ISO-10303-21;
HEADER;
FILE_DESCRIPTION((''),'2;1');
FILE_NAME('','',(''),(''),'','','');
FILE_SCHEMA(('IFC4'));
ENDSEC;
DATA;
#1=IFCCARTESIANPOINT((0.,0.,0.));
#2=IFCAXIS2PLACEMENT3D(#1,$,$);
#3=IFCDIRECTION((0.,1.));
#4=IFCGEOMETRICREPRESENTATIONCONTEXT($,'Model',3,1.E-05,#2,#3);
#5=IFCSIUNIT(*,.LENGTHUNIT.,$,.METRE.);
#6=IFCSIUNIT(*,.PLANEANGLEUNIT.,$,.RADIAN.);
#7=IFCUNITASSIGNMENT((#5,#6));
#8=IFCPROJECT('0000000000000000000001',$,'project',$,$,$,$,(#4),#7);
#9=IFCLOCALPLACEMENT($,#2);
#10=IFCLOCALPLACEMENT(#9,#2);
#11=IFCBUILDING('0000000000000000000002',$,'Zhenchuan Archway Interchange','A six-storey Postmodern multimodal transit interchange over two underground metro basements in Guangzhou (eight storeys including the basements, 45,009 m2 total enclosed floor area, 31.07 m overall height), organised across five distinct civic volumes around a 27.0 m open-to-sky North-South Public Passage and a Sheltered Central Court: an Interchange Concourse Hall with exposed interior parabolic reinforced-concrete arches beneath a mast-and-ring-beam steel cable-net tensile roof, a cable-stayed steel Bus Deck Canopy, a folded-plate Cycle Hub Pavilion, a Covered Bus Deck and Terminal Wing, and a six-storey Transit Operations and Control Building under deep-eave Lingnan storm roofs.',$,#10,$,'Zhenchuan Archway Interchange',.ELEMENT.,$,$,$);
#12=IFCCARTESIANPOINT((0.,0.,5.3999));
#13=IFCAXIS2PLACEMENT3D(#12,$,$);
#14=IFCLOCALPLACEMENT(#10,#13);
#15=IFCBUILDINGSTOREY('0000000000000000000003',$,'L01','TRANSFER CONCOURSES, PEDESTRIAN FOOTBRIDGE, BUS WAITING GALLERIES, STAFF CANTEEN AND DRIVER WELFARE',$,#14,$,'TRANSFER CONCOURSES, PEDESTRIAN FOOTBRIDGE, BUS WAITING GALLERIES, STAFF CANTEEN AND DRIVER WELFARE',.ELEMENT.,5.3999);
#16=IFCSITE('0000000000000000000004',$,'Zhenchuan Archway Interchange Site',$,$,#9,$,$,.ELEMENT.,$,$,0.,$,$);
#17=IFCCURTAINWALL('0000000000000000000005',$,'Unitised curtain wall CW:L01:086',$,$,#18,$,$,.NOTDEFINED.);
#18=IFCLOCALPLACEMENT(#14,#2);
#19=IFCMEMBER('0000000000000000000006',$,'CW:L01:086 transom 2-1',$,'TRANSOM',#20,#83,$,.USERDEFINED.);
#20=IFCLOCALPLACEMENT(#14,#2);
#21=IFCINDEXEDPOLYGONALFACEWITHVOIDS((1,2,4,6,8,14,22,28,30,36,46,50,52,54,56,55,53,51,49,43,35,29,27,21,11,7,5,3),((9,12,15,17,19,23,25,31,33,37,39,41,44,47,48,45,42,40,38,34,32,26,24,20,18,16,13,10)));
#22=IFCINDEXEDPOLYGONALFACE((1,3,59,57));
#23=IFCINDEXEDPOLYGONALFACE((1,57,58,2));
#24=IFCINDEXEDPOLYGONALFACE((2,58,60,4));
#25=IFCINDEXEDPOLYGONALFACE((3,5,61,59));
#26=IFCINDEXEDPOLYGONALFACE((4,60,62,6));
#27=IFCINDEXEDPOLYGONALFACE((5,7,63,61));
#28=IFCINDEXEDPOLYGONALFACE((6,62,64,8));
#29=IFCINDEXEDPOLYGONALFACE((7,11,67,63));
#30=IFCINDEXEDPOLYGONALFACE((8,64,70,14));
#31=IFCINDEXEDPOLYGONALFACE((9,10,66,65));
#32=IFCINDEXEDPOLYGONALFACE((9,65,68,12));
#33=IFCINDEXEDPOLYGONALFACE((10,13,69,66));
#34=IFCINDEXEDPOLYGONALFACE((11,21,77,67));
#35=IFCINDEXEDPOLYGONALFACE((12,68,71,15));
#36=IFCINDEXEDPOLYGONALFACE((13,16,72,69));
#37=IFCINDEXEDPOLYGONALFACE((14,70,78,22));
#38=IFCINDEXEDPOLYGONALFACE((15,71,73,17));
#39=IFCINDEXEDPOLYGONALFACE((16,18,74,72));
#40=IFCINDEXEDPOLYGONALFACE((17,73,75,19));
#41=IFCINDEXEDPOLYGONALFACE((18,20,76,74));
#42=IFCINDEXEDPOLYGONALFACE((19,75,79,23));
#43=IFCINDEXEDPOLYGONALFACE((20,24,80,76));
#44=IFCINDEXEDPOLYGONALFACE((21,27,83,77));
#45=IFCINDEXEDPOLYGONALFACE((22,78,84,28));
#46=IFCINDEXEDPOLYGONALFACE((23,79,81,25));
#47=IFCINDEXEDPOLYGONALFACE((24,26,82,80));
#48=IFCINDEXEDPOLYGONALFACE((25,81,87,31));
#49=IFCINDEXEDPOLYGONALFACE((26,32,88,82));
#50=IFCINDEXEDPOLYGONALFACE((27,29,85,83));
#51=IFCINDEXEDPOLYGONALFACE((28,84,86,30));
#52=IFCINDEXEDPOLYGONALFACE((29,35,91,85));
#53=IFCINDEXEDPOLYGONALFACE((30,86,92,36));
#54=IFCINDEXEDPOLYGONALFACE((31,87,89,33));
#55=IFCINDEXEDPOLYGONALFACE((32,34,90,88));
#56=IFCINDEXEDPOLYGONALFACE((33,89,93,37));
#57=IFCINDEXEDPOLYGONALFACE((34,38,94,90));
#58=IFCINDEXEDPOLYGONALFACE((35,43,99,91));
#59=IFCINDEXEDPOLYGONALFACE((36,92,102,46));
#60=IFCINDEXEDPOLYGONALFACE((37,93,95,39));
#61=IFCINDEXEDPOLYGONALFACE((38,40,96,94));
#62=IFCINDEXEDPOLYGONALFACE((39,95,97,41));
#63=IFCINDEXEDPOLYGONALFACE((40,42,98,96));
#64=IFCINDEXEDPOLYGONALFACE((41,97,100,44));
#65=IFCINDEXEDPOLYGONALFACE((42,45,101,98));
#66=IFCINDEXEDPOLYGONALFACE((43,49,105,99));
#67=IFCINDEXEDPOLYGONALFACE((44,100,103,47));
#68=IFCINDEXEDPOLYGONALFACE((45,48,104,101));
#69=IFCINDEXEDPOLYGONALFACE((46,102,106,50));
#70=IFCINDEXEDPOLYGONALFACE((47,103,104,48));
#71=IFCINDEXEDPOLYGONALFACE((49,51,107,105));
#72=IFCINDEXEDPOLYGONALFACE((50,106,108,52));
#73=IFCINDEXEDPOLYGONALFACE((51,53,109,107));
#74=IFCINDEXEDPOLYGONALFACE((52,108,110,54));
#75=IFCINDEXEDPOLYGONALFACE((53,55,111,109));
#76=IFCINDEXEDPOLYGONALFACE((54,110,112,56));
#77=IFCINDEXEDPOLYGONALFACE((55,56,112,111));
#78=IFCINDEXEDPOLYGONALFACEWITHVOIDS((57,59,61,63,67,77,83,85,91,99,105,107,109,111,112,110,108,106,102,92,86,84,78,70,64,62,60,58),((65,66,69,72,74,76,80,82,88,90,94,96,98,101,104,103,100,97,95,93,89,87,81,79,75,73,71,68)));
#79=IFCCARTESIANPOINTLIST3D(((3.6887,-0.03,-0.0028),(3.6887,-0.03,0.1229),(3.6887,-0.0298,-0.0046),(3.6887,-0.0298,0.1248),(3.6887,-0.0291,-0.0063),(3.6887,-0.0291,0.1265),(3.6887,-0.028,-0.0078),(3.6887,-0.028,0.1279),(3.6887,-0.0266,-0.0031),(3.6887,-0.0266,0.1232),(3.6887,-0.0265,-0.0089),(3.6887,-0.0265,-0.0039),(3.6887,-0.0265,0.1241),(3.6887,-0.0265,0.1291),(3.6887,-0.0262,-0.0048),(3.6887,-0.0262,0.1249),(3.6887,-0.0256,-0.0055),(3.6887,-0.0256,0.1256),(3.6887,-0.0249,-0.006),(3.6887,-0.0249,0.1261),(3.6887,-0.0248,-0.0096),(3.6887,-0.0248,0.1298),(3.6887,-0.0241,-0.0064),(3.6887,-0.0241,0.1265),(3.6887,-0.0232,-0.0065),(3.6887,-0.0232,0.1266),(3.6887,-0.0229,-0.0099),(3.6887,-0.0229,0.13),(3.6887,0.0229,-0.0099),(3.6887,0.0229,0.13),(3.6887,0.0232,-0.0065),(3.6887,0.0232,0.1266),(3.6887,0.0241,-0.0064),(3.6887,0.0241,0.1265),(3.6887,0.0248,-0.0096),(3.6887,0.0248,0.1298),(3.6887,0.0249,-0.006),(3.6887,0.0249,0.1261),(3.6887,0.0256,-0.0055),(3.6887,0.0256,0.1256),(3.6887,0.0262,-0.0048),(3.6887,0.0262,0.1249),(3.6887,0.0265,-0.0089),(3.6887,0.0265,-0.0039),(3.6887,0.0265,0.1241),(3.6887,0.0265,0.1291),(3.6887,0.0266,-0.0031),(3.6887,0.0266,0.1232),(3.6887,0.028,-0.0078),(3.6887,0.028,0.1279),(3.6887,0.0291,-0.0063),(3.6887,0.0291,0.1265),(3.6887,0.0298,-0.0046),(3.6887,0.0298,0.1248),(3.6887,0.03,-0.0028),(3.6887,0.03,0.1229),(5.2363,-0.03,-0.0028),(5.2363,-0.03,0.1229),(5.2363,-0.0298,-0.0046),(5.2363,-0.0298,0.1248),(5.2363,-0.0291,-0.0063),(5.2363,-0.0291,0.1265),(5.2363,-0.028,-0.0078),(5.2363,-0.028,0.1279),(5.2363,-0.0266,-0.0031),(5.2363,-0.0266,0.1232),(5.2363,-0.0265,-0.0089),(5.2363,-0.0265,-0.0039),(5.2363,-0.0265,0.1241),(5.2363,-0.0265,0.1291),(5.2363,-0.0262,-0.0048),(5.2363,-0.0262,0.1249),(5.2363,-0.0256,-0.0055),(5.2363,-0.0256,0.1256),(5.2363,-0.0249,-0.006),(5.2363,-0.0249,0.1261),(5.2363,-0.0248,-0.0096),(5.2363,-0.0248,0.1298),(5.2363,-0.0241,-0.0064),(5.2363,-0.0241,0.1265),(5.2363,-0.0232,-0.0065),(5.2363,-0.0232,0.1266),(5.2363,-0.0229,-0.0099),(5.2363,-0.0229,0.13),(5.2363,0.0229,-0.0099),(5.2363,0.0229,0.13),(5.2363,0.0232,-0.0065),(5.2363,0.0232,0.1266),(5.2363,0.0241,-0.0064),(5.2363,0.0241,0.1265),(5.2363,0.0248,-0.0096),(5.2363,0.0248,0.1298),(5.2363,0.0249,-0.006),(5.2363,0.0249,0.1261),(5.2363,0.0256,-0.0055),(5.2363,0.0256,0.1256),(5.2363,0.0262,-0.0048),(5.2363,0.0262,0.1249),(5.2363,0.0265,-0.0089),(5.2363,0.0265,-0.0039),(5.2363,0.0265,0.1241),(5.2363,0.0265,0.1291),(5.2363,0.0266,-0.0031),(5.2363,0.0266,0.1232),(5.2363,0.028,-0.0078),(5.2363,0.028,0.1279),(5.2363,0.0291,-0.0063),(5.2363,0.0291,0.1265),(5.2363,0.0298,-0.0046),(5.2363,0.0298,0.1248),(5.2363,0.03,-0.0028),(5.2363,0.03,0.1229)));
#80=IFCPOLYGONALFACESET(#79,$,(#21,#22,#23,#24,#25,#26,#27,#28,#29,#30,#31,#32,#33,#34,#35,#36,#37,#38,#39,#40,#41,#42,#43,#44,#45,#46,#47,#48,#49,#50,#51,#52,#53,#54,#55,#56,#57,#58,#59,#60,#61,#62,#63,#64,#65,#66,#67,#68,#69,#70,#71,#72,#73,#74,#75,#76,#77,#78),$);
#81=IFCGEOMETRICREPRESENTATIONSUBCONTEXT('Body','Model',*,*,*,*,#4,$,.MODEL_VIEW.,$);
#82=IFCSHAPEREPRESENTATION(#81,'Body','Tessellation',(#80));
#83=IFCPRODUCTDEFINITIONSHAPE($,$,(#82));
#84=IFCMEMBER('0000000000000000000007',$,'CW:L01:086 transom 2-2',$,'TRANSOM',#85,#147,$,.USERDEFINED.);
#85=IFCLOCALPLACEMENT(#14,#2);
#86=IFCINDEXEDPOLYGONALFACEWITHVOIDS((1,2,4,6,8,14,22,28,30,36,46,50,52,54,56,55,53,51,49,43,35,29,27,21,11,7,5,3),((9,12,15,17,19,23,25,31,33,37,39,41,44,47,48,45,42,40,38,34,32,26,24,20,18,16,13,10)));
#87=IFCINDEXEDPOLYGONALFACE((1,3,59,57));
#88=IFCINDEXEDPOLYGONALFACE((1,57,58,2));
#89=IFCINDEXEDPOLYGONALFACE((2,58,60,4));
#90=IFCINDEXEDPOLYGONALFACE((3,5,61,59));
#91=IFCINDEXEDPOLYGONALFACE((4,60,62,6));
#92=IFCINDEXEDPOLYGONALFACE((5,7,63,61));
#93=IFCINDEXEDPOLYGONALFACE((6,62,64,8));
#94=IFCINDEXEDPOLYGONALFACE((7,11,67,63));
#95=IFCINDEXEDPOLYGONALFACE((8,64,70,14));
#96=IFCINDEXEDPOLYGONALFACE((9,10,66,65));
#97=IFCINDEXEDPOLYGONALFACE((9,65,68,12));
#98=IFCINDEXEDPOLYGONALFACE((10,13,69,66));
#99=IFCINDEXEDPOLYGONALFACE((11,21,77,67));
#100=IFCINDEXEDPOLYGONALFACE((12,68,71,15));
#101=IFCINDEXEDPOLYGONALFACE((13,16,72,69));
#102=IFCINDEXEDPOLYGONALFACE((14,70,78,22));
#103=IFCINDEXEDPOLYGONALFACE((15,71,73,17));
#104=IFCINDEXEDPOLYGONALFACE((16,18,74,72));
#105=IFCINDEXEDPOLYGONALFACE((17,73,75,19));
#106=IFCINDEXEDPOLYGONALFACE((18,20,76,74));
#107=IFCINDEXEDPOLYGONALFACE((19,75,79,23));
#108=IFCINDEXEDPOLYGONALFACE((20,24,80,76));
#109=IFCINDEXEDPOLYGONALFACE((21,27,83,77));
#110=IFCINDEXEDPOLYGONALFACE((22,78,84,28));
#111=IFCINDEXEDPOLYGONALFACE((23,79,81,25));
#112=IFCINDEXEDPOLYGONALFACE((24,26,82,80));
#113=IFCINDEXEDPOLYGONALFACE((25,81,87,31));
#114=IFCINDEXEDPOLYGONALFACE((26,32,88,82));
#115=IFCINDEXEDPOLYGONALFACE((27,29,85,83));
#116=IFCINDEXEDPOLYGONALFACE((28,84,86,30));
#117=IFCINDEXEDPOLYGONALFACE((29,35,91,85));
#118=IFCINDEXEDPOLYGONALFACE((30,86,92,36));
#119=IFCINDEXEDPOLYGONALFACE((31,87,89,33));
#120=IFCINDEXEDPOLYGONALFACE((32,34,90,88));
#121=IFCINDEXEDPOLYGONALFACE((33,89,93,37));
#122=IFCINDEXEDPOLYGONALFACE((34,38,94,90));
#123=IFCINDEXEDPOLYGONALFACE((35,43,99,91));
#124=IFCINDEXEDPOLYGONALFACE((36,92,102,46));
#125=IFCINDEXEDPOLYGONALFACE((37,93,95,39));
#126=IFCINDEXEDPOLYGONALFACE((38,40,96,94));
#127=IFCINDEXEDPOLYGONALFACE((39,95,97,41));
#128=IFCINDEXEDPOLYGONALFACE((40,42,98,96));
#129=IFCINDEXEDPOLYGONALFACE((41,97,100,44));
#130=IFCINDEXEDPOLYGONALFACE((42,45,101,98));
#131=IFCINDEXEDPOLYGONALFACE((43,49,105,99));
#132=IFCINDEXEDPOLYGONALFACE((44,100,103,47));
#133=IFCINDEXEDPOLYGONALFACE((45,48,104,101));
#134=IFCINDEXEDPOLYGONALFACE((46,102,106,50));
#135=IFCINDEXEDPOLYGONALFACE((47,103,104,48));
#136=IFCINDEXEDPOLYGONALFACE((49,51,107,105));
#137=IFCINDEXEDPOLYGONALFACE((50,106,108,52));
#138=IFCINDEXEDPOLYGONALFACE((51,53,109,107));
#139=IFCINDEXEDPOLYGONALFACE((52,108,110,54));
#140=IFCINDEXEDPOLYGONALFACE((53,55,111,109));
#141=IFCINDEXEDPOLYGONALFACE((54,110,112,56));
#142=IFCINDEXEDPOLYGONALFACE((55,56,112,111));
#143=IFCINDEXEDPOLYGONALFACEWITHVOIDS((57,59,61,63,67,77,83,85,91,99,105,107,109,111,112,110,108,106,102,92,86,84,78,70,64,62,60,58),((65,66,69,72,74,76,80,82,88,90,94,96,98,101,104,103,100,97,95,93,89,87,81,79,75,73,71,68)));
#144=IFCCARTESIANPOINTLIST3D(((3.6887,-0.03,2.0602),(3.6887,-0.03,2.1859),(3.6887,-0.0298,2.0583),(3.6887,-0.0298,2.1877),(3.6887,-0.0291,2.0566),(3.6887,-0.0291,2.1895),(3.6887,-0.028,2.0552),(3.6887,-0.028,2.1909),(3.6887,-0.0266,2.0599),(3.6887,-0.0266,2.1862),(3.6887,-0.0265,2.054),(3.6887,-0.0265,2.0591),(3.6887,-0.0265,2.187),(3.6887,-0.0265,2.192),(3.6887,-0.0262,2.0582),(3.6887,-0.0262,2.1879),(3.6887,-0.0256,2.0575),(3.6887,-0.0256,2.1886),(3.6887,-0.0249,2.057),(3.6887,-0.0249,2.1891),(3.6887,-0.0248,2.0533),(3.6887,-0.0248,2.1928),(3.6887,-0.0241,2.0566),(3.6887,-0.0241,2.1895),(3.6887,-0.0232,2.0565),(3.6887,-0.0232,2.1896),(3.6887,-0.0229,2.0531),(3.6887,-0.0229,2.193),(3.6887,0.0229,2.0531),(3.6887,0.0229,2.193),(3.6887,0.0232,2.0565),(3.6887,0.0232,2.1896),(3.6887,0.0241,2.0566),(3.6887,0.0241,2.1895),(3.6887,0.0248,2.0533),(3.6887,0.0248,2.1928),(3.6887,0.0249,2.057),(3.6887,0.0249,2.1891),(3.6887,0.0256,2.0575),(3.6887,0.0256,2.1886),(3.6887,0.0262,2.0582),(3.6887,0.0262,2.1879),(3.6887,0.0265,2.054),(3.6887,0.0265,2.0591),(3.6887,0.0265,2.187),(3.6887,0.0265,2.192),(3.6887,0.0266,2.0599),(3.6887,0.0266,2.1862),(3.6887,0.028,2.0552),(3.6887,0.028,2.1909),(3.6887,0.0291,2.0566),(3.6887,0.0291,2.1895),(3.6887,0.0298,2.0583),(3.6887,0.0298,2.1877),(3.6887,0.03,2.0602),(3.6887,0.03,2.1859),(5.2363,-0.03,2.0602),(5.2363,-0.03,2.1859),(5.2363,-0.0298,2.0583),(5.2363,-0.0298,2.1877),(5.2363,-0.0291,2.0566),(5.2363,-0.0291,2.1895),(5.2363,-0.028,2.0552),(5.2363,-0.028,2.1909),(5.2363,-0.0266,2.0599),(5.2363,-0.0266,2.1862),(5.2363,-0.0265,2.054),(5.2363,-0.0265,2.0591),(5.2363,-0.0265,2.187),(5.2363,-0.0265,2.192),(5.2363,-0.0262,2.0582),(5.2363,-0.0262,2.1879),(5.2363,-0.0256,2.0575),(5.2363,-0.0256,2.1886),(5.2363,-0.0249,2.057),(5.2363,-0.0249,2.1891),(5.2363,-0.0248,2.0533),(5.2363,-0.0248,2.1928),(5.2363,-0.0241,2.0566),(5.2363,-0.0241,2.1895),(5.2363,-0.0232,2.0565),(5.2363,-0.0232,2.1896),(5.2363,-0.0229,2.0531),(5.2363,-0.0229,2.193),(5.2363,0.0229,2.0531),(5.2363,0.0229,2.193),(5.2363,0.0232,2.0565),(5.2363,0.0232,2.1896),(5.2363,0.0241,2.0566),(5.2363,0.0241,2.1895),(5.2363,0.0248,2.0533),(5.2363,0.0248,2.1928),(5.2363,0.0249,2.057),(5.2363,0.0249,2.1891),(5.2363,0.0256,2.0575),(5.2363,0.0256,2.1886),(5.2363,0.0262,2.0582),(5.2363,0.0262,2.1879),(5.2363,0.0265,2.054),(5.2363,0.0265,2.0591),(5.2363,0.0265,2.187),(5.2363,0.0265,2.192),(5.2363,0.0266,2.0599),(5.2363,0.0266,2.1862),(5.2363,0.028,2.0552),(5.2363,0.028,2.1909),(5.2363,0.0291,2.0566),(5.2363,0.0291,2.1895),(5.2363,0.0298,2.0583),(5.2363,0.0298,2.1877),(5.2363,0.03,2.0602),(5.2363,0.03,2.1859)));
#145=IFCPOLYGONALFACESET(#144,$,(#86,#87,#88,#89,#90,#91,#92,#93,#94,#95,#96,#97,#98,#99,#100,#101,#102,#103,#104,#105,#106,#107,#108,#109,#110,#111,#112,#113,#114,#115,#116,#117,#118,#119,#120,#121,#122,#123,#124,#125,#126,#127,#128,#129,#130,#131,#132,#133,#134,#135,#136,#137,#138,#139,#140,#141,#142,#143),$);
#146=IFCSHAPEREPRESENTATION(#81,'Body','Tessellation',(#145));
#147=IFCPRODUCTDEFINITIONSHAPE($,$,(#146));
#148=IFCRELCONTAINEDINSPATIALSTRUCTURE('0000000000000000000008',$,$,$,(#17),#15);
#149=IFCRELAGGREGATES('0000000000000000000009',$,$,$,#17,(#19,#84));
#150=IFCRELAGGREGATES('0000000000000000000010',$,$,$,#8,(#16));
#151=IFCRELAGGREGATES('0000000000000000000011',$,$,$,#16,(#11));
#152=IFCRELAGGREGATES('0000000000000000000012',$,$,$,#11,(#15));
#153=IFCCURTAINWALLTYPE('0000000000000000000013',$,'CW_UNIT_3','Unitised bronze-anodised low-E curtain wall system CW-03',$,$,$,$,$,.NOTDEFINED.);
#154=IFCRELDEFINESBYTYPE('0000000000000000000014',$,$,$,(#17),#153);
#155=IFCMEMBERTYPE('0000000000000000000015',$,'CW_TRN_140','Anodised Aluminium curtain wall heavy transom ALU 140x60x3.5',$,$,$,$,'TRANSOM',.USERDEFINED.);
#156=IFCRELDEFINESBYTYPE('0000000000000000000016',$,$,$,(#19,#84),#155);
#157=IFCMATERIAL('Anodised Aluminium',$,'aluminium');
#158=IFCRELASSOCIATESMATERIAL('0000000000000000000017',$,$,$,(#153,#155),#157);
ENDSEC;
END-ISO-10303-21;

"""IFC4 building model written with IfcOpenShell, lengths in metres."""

from ifc_helpers import new_model, si_unit, direction, frame, origin, origin_2d, place, context, subcontext, project, spatial, hollow_rectangle, extrude, material, material_profile, profile_set, type_object, element, aggregate, save


model = new_model("IFC4")

# Units and contexts
model_context = context("Model", 3, precision=1e-05, world=origin(), true_north=direction((0.0, 1.0)))
body_context = subcontext(model_context, "Body", "Model", "MODEL_VIEW")
ifc_project = project(units=[si_unit("LENGTHUNIT", "METRE"), si_unit("PLANEANGLEUNIT", "RADIAN")], contexts=[model_context])

# Site, building, storey
site_placement = place(None, origin())
site = spatial("IfcSite", under=ifc_project, at=site_placement, Name="Zhenchuan Archway Interchange Site", CompositionType="ELEMENT", RefElevation=0.0)
building_placement = place(site_placement, origin())
building = spatial("IfcBuilding", under=site, at=building_placement, Name="Zhenchuan Archway Interchange", Description="A six-storey Postmodern multimodal transit interchange over two underground metro basements in Guangzhou (eight storeys including the basements, 45,009 m2 total enclosed floor area, 31.07 m overall height), organised across five distinct civic volumes around a 27.0 m open-to-sky North-South Public Passage and a Sheltered Central Court: an Interchange Concourse Hall with exposed interior parabolic reinforced-concrete arches beneath a mast-and-ring-beam steel cable-net tensile roof, a cable-stayed steel Bus Deck Canopy, a folded-plate Cycle Hub Pavilion, a Covered Bus Deck and Terminal Wing, and a six-storey Transit Operations and Control Building under deep-eave Lingnan storm roofs.", LongName="Zhenchuan Archway Interchange", CompositionType="ELEMENT")
storey_placement = place(building_placement, frame((0.0, 0.0, 5.3999)))
storey = spatial("IfcBuildingStorey", under=building, at=storey_placement, Name="L01", Description="TRANSFER CONCOURSES, PEDESTRIAN FOOTBRIDGE, BUS WAITING GALLERIES, STAFF CANTEEN AND DRIVER WELFARE", LongName="TRANSFER CONCOURSES, PEDESTRIAN FOOTBRIDGE, BUS WAITING GALLERIES, STAFF CANTEEN AND DRIVER WELFARE", CompositionType="ELEMENT", Elevation=5.3999)

# Curtain wall, members
ifc_material_1 = material(Name="Anodised Aluminium", Category="aluminium")
curtain_wall_type = type_object("IfcCurtainWallType", Name="CW_UNIT_3", Description="Unitised bronze-anodised low-E curtain wall system CW-03", PredefinedType="NOTDEFINED", material=ifc_material_1)
curtain_wall_placement = place(storey_placement, origin())
curtain_wall = element("IfcCurtainWall", 1, at=curtain_wall_placement, inside=storey, type_object=curtain_wall_type, Name="Unitised curtain wall CW:L01:086", PredefinedType="NOTDEFINED")
ifc_material_profile_1 = material_profile(ifc_material_1, hollow_rectangle(XDim=0.0601, YDim=0.1399, WallThickness=0.0034, InnerFilletRadius=0.0034, OuterFilletRadius=0.0071, at=origin_2d()), Name="ALU 140x60x3.5")
ifc_profile_set_1 = profile_set([ifc_material_profile_1], Name="Anodised Aluminium")
member_type_1 = type_object("IfcMemberType", Name="CW_TRN_140", Description="Anodised Aluminium curtain wall heavy transom ALU 140x60x3.5", ElementType="TRANSOM", PredefinedType="USERDEFINED", material=ifc_profile_set_1)
member_1_placement = place(storey_placement, frame((5.2363, 0.0, 0.0601), z_axis=(-1.0, 0.0, 0.0), x_axis=(0.0, -1.0, 0.0)))
member_1 = element("IfcMember", 2, at=member_1_placement, type_object=member_type_1, Name="CW:L01:086 transom 2-1", ObjectType="TRANSOM", PredefinedType="USERDEFINED", context=body_context, shape_type="SweptSolid", body=[
    extrude(hollow_rectangle(XDim=0.0601, YDim=0.1399, WallThickness=0.0034, InnerFilletRadius=0.0034, OuterFilletRadius=0.0071, at=origin_2d()), origin(), (0.0, 0.0, 1.0), 1.5476),
])
member_2_placement = place(storey_placement, frame((5.2363, 0.0, 2.123), z_axis=(-1.0, 0.0, 0.0), x_axis=(0.0, -1.0, 0.0)))
member_2 = element("IfcMember", 3, at=member_2_placement, type_object=member_type_1, Name="CW:L01:086 transom 2-2", ObjectType="TRANSOM", PredefinedType="USERDEFINED", context=body_context, shape_type="SweptSolid", body=[
    extrude(hollow_rectangle(XDim=0.0601, YDim=0.1399, WallThickness=0.0034, InnerFilletRadius=0.0034, OuterFilletRadius=0.0071, at=origin_2d()), origin(), (0.0, 0.0, 1.0), 1.5476),
])

aggregate(curtain_wall, [member_1, member_2])

save(model, "model.ifc")
